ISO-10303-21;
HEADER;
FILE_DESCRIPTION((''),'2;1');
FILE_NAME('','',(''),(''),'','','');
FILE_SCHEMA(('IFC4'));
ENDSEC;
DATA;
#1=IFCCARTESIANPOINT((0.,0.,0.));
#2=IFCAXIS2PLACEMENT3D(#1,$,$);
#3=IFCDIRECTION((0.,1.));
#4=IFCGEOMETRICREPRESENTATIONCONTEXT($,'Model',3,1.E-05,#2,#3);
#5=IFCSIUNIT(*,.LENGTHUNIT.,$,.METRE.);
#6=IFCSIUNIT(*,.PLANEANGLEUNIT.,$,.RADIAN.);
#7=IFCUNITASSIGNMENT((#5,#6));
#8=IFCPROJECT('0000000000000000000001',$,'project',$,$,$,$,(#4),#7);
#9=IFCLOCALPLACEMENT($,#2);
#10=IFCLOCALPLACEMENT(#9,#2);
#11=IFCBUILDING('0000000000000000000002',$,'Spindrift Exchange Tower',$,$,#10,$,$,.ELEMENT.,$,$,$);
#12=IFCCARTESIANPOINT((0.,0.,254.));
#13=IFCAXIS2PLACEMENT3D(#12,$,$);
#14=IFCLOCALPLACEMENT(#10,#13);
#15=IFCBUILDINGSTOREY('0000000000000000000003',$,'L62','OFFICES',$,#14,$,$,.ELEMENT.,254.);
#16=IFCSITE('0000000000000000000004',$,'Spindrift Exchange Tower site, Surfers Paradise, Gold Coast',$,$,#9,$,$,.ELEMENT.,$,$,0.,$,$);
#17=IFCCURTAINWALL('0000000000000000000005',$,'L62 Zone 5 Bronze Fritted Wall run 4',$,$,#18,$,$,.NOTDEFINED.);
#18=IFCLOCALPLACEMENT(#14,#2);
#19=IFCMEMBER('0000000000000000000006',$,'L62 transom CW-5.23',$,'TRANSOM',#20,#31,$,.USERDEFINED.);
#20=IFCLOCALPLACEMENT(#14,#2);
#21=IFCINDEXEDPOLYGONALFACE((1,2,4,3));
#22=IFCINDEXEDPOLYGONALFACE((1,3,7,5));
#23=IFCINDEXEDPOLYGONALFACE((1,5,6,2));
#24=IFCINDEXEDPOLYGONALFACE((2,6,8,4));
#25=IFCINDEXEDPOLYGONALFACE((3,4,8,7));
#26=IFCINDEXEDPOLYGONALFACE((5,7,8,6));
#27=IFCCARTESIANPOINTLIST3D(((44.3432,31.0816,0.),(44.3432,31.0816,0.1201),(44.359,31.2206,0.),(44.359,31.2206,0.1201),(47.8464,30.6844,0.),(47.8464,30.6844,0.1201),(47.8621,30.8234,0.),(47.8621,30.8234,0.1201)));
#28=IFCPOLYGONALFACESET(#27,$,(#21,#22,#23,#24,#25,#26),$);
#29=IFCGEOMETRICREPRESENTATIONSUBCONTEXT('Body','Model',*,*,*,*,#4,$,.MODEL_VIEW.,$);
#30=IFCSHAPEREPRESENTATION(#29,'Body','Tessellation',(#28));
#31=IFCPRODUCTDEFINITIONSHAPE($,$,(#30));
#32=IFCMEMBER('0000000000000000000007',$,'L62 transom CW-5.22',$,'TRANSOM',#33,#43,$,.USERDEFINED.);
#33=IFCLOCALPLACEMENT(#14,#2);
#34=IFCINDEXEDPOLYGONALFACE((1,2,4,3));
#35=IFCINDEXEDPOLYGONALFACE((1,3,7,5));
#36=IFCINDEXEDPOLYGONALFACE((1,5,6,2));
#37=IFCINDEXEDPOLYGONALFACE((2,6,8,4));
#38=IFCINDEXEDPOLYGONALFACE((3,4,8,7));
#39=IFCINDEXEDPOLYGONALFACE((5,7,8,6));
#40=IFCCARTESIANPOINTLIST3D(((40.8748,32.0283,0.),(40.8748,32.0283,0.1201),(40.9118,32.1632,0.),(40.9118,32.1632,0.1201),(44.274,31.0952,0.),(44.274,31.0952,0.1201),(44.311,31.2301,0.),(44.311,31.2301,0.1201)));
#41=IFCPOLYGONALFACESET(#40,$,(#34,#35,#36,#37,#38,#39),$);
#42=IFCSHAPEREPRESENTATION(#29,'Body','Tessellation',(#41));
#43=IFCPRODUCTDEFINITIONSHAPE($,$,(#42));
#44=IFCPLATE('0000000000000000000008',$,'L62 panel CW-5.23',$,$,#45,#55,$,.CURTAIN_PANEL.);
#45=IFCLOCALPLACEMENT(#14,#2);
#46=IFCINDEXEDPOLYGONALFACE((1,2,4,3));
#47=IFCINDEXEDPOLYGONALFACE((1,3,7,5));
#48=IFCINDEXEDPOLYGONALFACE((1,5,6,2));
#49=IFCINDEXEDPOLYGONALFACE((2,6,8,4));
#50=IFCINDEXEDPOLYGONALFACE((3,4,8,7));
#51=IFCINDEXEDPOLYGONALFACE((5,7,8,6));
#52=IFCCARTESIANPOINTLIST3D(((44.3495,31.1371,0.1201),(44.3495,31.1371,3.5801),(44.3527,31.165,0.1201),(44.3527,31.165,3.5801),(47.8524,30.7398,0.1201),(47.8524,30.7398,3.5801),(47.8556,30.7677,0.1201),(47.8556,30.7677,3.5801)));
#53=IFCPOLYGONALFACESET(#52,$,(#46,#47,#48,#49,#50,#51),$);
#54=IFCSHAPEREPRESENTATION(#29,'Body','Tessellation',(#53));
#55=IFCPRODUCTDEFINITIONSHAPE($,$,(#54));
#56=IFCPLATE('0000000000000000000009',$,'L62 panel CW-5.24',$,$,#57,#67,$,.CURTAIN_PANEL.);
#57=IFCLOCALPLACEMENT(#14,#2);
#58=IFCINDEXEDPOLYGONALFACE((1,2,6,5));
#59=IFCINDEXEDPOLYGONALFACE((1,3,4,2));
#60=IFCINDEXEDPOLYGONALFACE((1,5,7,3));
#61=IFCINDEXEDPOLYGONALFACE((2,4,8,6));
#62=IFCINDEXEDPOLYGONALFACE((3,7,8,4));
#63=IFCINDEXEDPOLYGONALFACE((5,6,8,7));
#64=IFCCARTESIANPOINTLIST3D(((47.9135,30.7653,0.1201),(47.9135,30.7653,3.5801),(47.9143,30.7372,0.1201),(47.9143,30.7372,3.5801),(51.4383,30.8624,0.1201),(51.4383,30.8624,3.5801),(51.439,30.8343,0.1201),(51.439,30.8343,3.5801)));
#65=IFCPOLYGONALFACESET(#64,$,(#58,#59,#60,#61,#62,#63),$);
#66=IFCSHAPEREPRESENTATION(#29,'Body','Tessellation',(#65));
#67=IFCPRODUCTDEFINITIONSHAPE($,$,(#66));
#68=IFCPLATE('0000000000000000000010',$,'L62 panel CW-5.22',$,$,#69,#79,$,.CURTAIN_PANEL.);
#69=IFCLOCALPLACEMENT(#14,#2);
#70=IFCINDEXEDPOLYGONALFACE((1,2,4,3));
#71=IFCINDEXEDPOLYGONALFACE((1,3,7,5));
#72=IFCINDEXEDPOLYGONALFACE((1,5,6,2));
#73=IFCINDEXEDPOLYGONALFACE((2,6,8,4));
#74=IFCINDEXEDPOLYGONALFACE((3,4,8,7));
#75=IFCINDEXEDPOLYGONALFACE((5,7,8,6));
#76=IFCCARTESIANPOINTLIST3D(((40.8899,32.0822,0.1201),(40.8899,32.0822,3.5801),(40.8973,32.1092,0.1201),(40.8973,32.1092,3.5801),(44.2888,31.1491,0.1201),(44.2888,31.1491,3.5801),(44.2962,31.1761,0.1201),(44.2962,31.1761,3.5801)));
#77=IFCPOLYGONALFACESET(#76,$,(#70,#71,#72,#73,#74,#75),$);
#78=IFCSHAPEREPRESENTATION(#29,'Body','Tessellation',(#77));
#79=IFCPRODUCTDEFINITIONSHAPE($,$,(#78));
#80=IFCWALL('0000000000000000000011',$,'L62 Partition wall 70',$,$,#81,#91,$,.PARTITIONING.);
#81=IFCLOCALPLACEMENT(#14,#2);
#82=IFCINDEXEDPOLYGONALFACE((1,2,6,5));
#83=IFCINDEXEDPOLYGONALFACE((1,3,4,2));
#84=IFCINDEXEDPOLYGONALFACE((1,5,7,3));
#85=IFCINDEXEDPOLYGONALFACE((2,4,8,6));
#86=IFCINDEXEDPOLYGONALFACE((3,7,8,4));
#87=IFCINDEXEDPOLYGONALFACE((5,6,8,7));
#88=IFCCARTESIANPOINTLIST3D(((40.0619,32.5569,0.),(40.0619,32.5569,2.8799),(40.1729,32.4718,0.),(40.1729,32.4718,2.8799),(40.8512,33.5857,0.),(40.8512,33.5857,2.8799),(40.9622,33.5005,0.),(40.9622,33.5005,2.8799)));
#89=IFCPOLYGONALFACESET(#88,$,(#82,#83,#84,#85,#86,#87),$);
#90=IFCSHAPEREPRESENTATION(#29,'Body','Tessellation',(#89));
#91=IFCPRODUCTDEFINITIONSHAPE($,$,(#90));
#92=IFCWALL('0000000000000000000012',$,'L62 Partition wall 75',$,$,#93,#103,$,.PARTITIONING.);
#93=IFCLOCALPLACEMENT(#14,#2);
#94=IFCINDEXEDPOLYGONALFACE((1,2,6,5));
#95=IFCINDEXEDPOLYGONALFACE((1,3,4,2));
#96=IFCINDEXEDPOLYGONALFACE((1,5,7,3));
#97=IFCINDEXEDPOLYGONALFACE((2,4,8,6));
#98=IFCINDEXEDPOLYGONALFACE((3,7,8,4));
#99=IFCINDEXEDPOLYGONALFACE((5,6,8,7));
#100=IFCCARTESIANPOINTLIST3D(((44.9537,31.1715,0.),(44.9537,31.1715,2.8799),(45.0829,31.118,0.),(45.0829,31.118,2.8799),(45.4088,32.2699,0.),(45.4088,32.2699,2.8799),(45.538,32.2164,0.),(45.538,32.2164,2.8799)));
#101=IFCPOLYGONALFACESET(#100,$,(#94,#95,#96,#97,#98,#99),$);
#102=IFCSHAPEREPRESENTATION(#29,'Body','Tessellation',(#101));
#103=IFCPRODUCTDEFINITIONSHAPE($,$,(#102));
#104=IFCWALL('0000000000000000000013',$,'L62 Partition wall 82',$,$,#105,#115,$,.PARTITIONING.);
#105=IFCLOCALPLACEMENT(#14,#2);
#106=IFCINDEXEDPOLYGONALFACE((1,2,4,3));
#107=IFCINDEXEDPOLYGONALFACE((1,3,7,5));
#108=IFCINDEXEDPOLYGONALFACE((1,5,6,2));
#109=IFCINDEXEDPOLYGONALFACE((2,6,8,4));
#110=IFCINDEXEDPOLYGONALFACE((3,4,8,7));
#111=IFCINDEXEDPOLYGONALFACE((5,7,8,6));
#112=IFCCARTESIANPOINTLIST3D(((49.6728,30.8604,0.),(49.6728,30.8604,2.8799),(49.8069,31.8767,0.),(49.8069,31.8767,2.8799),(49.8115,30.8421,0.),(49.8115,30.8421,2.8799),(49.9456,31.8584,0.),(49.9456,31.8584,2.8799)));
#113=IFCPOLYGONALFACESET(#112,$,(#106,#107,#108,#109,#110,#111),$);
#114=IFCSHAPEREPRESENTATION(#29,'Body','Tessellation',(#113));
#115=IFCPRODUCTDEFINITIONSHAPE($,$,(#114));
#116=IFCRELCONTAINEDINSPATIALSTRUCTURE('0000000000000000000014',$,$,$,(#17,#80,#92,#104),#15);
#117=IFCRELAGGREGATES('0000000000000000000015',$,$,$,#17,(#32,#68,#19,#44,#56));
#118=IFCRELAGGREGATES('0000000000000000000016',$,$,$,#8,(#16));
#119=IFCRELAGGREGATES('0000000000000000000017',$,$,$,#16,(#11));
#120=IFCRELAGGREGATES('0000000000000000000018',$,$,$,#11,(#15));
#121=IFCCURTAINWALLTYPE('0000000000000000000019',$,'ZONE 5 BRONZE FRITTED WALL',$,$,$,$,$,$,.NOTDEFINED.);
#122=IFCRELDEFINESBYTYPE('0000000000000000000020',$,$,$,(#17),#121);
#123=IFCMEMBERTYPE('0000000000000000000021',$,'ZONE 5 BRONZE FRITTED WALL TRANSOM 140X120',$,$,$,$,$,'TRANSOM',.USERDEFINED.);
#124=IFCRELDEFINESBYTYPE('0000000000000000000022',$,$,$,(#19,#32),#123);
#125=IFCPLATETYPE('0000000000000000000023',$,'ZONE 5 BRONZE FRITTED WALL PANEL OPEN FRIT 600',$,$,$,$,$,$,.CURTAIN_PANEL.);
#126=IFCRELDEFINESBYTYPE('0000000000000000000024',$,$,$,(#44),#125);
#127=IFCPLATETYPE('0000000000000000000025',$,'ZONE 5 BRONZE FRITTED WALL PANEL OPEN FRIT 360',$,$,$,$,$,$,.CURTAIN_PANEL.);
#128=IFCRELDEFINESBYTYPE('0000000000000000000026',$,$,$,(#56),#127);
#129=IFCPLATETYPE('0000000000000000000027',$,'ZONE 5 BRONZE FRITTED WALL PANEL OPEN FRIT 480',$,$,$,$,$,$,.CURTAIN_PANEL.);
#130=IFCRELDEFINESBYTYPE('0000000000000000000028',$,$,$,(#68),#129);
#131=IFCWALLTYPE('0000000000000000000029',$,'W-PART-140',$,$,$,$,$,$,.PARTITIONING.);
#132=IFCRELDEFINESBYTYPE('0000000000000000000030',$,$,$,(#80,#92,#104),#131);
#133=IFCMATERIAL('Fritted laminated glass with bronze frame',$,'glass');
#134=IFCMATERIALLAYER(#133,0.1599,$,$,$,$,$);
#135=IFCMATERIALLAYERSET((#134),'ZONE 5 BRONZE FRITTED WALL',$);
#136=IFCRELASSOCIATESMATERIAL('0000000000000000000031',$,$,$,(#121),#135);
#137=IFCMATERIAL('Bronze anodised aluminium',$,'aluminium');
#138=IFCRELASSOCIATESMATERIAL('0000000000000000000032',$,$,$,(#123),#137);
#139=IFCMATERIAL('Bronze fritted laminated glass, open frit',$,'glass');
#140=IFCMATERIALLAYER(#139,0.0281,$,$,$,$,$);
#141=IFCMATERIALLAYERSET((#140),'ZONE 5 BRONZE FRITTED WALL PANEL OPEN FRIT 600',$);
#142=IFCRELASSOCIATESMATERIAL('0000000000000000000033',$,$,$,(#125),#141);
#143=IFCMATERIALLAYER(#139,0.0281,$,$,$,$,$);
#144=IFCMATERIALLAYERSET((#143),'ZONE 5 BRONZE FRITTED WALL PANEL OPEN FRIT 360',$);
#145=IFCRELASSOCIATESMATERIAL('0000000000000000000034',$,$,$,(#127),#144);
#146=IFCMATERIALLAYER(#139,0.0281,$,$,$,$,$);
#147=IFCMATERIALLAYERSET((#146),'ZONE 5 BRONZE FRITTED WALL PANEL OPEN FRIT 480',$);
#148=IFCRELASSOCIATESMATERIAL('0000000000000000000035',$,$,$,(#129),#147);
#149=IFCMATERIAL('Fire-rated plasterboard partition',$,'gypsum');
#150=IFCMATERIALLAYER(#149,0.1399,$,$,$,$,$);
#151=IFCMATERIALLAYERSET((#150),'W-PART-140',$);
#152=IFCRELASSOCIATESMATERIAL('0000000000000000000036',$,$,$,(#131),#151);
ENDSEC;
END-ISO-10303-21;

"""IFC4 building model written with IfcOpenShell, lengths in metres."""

from ifc_helpers import new_model, si_unit, direction, frame, frame_2d, origin, origin_2d, place, context, subcontext, project, spatial, rectangle, extrude, source, transform, mapped, material, layer, layer_set, material_profile, profile_set, type_object, element, aggregate, save


model = new_model("IFC4")

# Units and contexts
model_context = context("Model", 3, precision=1e-05, world=origin(), true_north=direction((0.0, 1.0)))
body_context = subcontext(model_context, "Body", "Model", "MODEL_VIEW")
ifc_project = project(units=[si_unit("LENGTHUNIT", "METRE"), si_unit("PLANEANGLEUNIT", "RADIAN")], contexts=[model_context])

# Site, building, storey
site_placement = place(None, origin())
site = spatial("IfcSite", under=ifc_project, at=site_placement, Name="Spindrift Exchange Tower site, Surfers Paradise, Gold Coast", CompositionType="ELEMENT", RefElevation=0.0)
building_placement = place(site_placement, origin())
building = spatial("IfcBuilding", under=site, at=building_placement, Name="Spindrift Exchange Tower", CompositionType="ELEMENT")
storey_placement = place(building_placement, frame((0.0, 0.0, 254.0)))
storey = spatial("IfcBuildingStorey", under=building, at=storey_placement, Name="L62", Description="OFFICES", CompositionType="ELEMENT", Elevation=254.0)

# Curtain wall
ifc_material_1 = material(Name="Fritted laminated glass with bronze frame", Category="glass")
ifc_layer_1 = layer(ifc_material_1, 0.1599)
ifc_layer_set_1 = layer_set([ifc_layer_1], Name="ZONE 5 BRONZE FRITTED WALL")
curtain_wall_type = type_object("IfcCurtainWallType", Name="ZONE 5 BRONZE FRITTED WALL", PredefinedType="NOTDEFINED", material=ifc_layer_set_1)
curtain_wall_1_placement = place(storey_placement, origin())
curtain_wall_1 = element("IfcCurtainWall", 1, at=curtain_wall_1_placement, inside=storey, type_object=curtain_wall_type, Name="L62 Zone 5 Bronze Fritted Wall run 4", PredefinedType="NOTDEFINED")
ifc_material_2 = material(Name="Bronze anodised aluminium", Category="aluminium")

# Members
ifc_material_profile_1 = material_profile(ifc_material_2, rectangle(XDim=0.1399, YDim=0.1201, at=origin_2d()), Name="ZONE 5 BRONZE FRITTED WALL TRANSOM 140X120")
ifc_profile_set_1 = profile_set([ifc_material_profile_1], Name="Bronze anodised aluminium")
member_type_1 = type_object("IfcMemberType", Name="ZONE 5 BRONZE FRITTED WALL TRANSOM 140X120", ElementType="TRANSOM", PredefinedType="USERDEFINED", material=ifc_profile_set_1)
shared_shape_1 = source(origin(), body_context, "Body", "SweptSolid", [
    extrude(rectangle(XDim=0.1399, YDim=0.1201, at=origin_2d()), origin(), (0.0, 0.0, 1.0), 3.5256),
])
member_1_placement = place(storey_placement, frame((44.3511, 31.1511, 0.0601), z_axis=(0.993633, -0.112666, 0.0), x_axis=(0.112666, 0.993633, 0.0)))
member_1 = element("IfcMember", 2, at=member_1_placement, type_object=member_type_1, Name="L62 transom CW-5.23", ObjectType="TRANSOM", PredefinedType="USERDEFINED", context=body_context, shape_type="MappedRepresentation", body=[
    mapped(shared_shape_1, transform((0.0, 0.0, 0.0), scale=1.0)),
])
shared_shape_2 = source(origin(), body_context, "Body", "SweptSolid", [
    extrude(rectangle(XDim=0.1399, YDim=0.1201, at=origin_2d()), origin(), (0.0, 0.0, 1.0), 3.5249),
])
member_2_placement = place(storey_placement, frame((40.8933, 32.0957, 0.0601), z_axis=(0.964326, -0.264717, 0.0), x_axis=(0.264717, 0.964326, 0.0)))
member_2 = element("IfcMember", 3, at=member_2_placement, type_object=member_type_1, Name="L62 transom CW-5.22", ObjectType="TRANSOM", PredefinedType="USERDEFINED", context=body_context, shape_type="MappedRepresentation", body=[
    mapped(shared_shape_2, transform((0.0, 0.0, 0.0), scale=1.0)),
])

# Plates
ifc_material_3 = material(Name="Bronze fritted laminated glass, open frit", Category="glass")
ifc_layer_2 = layer(ifc_material_3, 0.0281)
ifc_layer_set_2 = layer_set([ifc_layer_2], Name="ZONE 5 BRONZE FRITTED WALL PANEL OPEN FRIT 600")
plate_type_1 = type_object("IfcPlateType", Name="ZONE 5 BRONZE FRITTED WALL PANEL OPEN FRIT 600", PredefinedType="CURTAIN_PANEL", material=ifc_layer_set_2)
shared_shape_3 = source(origin(), body_context, "Body", "SweptSolid", [
    extrude(rectangle(XDim=3.5254, YDim=0.0281, at=origin_2d()), origin(), (0.0, 0.0, 1.0), 3.46),
])
plate_1_placement = place(storey_placement, frame((46.1025, 30.9524, 0.1201), z_axis=(0.0, 0.0, 1.0), x_axis=(0.993629, -0.112702, 0.0)))
plate_1 = element("IfcPlate", 4, at=plate_1_placement, type_object=plate_type_1, Name="L62 panel CW-5.23", PredefinedType="CURTAIN_PANEL", context=body_context, shape_type="MappedRepresentation", body=[
    mapped(shared_shape_3, transform((0.0, 0.0, 0.0), scale=1.0)),
])
ifc_layer_3 = layer(ifc_material_3, 0.0281)
ifc_layer_set_3 = layer_set([ifc_layer_3], Name="ZONE 5 BRONZE FRITTED WALL PANEL OPEN FRIT 360")
plate_type_2 = type_object("IfcPlateType", Name="ZONE 5 BRONZE FRITTED WALL PANEL OPEN FRIT 360", PredefinedType="CURTAIN_PANEL", material=ifc_layer_set_3)
shared_shape_4 = source(origin(), body_context, "Body", "SweptSolid", [
    extrude(rectangle(XDim=3.5261, YDim=0.0281, at=origin_2d()), origin(), (0.0, 0.0, 1.0), 3.46),
])
plate_2_placement = place(storey_placement, frame((49.6763, 30.7998, 0.1201), z_axis=(0.0, 0.0, 1.0), x_axis=(0.999621, 0.027524, 0.0)))
plate_2 = element("IfcPlate", 5, at=plate_2_placement, type_object=plate_type_2, Name="L62 panel CW-5.24", PredefinedType="CURTAIN_PANEL", context=body_context, shape_type="MappedRepresentation", body=[
    mapped(shared_shape_4, transform((0.0, 0.0, 0.0), scale=1.0)),
])
ifc_layer_4 = layer(ifc_material_3, 0.0281)
ifc_layer_set_4 = layer_set([ifc_layer_4], Name="ZONE 5 BRONZE FRITTED WALL PANEL OPEN FRIT 480")
plate_type_3 = type_object("IfcPlateType", Name="ZONE 5 BRONZE FRITTED WALL PANEL OPEN FRIT 480", PredefinedType="CURTAIN_PANEL", material=ifc_layer_set_4)
shared_shape_5 = source(origin(), body_context, "Body", "SweptSolid", [
    extrude(rectangle(XDim=3.5247, YDim=0.0281, at=origin_2d()), origin(), (0.0, 0.0, 1.0), 3.46),
])
plate_3_placement = place(storey_placement, frame((42.593, 31.6292, 0.1201), z_axis=(0.0, 0.0, 1.0), x_axis=(0.964321, -0.264737, 0.0)))
plate_3 = element("IfcPlate", 6, at=plate_3_placement, type_object=plate_type_3, Name="L62 panel CW-5.22", PredefinedType="CURTAIN_PANEL", context=body_context, shape_type="MappedRepresentation", body=[
    mapped(shared_shape_5, transform((0.0, 0.0, 0.0), scale=1.0)),
])
aggregate(curtain_wall_1, [member_2, plate_3, member_1, plate_1, plate_2])

# Walls
ifc_material_4 = material(Name="Fire-rated plasterboard partition", Category="gypsum")
ifc_layer_5 = layer(ifc_material_4, 0.1399)
ifc_layer_set_5 = layer_set([ifc_layer_5], Name="W-PART-140")
wall_type = type_object("IfcWallType", Name="W-PART-140", PredefinedType="PARTITIONING", material=ifc_layer_set_5)
wall_1_placement = place(storey_placement, frame((40.9067, 33.5432, 0.0), z_axis=(0.0, 0.0, 1.0), x_axis=(-0.6087, -0.7934, 0.0)))
element("IfcWall", 7, at=wall_1_placement, inside=storey, type_object=wall_type, Name="L62 Partition wall 70", PredefinedType="PARTITIONING", context=body_context, shape_type="SweptSolid", body=[
    extrude(rectangle(XDim=1.2966, YDim=0.1399, at=frame_2d((0.6484, 0.0))), origin(), (0.0, 0.0, 1.0), 2.8799),
])
wall_2_placement = place(storey_placement, frame((45.4734, 32.2432, 0.0), z_axis=(0.0, 0.0, 1.0), x_axis=(-0.382763, -0.923847, 0.0)))
element("IfcWall", 8, at=wall_2_placement, inside=storey, type_object=wall_type, Name="L62 Partition wall 75", PredefinedType="PARTITIONING", context=body_context, shape_type="SweptSolid", body=[
    extrude(rectangle(XDim=1.189, YDim=0.1399, at=frame_2d((0.5945, 0.0))), origin(), (0.0, 0.0, 1.0), 2.8799),
])
wall_3_placement = place(storey_placement, frame((49.8762, 31.8677, 0.0), z_axis=(0.0, 0.0, 1.0), x_axis=(-0.130744, -0.991416, 0.0)))
element("IfcWall", 9, at=wall_3_placement, inside=storey, type_object=wall_type, Name="L62 Partition wall 82", PredefinedType="PARTITIONING", context=body_context, shape_type="SweptSolid", body=[
    extrude(rectangle(XDim=1.0251, YDim=0.1399, at=frame_2d((0.5127, 0.0))), origin(), (0.0, 0.0, 1.0), 2.8799),
])

save(model, "model.ifc")
